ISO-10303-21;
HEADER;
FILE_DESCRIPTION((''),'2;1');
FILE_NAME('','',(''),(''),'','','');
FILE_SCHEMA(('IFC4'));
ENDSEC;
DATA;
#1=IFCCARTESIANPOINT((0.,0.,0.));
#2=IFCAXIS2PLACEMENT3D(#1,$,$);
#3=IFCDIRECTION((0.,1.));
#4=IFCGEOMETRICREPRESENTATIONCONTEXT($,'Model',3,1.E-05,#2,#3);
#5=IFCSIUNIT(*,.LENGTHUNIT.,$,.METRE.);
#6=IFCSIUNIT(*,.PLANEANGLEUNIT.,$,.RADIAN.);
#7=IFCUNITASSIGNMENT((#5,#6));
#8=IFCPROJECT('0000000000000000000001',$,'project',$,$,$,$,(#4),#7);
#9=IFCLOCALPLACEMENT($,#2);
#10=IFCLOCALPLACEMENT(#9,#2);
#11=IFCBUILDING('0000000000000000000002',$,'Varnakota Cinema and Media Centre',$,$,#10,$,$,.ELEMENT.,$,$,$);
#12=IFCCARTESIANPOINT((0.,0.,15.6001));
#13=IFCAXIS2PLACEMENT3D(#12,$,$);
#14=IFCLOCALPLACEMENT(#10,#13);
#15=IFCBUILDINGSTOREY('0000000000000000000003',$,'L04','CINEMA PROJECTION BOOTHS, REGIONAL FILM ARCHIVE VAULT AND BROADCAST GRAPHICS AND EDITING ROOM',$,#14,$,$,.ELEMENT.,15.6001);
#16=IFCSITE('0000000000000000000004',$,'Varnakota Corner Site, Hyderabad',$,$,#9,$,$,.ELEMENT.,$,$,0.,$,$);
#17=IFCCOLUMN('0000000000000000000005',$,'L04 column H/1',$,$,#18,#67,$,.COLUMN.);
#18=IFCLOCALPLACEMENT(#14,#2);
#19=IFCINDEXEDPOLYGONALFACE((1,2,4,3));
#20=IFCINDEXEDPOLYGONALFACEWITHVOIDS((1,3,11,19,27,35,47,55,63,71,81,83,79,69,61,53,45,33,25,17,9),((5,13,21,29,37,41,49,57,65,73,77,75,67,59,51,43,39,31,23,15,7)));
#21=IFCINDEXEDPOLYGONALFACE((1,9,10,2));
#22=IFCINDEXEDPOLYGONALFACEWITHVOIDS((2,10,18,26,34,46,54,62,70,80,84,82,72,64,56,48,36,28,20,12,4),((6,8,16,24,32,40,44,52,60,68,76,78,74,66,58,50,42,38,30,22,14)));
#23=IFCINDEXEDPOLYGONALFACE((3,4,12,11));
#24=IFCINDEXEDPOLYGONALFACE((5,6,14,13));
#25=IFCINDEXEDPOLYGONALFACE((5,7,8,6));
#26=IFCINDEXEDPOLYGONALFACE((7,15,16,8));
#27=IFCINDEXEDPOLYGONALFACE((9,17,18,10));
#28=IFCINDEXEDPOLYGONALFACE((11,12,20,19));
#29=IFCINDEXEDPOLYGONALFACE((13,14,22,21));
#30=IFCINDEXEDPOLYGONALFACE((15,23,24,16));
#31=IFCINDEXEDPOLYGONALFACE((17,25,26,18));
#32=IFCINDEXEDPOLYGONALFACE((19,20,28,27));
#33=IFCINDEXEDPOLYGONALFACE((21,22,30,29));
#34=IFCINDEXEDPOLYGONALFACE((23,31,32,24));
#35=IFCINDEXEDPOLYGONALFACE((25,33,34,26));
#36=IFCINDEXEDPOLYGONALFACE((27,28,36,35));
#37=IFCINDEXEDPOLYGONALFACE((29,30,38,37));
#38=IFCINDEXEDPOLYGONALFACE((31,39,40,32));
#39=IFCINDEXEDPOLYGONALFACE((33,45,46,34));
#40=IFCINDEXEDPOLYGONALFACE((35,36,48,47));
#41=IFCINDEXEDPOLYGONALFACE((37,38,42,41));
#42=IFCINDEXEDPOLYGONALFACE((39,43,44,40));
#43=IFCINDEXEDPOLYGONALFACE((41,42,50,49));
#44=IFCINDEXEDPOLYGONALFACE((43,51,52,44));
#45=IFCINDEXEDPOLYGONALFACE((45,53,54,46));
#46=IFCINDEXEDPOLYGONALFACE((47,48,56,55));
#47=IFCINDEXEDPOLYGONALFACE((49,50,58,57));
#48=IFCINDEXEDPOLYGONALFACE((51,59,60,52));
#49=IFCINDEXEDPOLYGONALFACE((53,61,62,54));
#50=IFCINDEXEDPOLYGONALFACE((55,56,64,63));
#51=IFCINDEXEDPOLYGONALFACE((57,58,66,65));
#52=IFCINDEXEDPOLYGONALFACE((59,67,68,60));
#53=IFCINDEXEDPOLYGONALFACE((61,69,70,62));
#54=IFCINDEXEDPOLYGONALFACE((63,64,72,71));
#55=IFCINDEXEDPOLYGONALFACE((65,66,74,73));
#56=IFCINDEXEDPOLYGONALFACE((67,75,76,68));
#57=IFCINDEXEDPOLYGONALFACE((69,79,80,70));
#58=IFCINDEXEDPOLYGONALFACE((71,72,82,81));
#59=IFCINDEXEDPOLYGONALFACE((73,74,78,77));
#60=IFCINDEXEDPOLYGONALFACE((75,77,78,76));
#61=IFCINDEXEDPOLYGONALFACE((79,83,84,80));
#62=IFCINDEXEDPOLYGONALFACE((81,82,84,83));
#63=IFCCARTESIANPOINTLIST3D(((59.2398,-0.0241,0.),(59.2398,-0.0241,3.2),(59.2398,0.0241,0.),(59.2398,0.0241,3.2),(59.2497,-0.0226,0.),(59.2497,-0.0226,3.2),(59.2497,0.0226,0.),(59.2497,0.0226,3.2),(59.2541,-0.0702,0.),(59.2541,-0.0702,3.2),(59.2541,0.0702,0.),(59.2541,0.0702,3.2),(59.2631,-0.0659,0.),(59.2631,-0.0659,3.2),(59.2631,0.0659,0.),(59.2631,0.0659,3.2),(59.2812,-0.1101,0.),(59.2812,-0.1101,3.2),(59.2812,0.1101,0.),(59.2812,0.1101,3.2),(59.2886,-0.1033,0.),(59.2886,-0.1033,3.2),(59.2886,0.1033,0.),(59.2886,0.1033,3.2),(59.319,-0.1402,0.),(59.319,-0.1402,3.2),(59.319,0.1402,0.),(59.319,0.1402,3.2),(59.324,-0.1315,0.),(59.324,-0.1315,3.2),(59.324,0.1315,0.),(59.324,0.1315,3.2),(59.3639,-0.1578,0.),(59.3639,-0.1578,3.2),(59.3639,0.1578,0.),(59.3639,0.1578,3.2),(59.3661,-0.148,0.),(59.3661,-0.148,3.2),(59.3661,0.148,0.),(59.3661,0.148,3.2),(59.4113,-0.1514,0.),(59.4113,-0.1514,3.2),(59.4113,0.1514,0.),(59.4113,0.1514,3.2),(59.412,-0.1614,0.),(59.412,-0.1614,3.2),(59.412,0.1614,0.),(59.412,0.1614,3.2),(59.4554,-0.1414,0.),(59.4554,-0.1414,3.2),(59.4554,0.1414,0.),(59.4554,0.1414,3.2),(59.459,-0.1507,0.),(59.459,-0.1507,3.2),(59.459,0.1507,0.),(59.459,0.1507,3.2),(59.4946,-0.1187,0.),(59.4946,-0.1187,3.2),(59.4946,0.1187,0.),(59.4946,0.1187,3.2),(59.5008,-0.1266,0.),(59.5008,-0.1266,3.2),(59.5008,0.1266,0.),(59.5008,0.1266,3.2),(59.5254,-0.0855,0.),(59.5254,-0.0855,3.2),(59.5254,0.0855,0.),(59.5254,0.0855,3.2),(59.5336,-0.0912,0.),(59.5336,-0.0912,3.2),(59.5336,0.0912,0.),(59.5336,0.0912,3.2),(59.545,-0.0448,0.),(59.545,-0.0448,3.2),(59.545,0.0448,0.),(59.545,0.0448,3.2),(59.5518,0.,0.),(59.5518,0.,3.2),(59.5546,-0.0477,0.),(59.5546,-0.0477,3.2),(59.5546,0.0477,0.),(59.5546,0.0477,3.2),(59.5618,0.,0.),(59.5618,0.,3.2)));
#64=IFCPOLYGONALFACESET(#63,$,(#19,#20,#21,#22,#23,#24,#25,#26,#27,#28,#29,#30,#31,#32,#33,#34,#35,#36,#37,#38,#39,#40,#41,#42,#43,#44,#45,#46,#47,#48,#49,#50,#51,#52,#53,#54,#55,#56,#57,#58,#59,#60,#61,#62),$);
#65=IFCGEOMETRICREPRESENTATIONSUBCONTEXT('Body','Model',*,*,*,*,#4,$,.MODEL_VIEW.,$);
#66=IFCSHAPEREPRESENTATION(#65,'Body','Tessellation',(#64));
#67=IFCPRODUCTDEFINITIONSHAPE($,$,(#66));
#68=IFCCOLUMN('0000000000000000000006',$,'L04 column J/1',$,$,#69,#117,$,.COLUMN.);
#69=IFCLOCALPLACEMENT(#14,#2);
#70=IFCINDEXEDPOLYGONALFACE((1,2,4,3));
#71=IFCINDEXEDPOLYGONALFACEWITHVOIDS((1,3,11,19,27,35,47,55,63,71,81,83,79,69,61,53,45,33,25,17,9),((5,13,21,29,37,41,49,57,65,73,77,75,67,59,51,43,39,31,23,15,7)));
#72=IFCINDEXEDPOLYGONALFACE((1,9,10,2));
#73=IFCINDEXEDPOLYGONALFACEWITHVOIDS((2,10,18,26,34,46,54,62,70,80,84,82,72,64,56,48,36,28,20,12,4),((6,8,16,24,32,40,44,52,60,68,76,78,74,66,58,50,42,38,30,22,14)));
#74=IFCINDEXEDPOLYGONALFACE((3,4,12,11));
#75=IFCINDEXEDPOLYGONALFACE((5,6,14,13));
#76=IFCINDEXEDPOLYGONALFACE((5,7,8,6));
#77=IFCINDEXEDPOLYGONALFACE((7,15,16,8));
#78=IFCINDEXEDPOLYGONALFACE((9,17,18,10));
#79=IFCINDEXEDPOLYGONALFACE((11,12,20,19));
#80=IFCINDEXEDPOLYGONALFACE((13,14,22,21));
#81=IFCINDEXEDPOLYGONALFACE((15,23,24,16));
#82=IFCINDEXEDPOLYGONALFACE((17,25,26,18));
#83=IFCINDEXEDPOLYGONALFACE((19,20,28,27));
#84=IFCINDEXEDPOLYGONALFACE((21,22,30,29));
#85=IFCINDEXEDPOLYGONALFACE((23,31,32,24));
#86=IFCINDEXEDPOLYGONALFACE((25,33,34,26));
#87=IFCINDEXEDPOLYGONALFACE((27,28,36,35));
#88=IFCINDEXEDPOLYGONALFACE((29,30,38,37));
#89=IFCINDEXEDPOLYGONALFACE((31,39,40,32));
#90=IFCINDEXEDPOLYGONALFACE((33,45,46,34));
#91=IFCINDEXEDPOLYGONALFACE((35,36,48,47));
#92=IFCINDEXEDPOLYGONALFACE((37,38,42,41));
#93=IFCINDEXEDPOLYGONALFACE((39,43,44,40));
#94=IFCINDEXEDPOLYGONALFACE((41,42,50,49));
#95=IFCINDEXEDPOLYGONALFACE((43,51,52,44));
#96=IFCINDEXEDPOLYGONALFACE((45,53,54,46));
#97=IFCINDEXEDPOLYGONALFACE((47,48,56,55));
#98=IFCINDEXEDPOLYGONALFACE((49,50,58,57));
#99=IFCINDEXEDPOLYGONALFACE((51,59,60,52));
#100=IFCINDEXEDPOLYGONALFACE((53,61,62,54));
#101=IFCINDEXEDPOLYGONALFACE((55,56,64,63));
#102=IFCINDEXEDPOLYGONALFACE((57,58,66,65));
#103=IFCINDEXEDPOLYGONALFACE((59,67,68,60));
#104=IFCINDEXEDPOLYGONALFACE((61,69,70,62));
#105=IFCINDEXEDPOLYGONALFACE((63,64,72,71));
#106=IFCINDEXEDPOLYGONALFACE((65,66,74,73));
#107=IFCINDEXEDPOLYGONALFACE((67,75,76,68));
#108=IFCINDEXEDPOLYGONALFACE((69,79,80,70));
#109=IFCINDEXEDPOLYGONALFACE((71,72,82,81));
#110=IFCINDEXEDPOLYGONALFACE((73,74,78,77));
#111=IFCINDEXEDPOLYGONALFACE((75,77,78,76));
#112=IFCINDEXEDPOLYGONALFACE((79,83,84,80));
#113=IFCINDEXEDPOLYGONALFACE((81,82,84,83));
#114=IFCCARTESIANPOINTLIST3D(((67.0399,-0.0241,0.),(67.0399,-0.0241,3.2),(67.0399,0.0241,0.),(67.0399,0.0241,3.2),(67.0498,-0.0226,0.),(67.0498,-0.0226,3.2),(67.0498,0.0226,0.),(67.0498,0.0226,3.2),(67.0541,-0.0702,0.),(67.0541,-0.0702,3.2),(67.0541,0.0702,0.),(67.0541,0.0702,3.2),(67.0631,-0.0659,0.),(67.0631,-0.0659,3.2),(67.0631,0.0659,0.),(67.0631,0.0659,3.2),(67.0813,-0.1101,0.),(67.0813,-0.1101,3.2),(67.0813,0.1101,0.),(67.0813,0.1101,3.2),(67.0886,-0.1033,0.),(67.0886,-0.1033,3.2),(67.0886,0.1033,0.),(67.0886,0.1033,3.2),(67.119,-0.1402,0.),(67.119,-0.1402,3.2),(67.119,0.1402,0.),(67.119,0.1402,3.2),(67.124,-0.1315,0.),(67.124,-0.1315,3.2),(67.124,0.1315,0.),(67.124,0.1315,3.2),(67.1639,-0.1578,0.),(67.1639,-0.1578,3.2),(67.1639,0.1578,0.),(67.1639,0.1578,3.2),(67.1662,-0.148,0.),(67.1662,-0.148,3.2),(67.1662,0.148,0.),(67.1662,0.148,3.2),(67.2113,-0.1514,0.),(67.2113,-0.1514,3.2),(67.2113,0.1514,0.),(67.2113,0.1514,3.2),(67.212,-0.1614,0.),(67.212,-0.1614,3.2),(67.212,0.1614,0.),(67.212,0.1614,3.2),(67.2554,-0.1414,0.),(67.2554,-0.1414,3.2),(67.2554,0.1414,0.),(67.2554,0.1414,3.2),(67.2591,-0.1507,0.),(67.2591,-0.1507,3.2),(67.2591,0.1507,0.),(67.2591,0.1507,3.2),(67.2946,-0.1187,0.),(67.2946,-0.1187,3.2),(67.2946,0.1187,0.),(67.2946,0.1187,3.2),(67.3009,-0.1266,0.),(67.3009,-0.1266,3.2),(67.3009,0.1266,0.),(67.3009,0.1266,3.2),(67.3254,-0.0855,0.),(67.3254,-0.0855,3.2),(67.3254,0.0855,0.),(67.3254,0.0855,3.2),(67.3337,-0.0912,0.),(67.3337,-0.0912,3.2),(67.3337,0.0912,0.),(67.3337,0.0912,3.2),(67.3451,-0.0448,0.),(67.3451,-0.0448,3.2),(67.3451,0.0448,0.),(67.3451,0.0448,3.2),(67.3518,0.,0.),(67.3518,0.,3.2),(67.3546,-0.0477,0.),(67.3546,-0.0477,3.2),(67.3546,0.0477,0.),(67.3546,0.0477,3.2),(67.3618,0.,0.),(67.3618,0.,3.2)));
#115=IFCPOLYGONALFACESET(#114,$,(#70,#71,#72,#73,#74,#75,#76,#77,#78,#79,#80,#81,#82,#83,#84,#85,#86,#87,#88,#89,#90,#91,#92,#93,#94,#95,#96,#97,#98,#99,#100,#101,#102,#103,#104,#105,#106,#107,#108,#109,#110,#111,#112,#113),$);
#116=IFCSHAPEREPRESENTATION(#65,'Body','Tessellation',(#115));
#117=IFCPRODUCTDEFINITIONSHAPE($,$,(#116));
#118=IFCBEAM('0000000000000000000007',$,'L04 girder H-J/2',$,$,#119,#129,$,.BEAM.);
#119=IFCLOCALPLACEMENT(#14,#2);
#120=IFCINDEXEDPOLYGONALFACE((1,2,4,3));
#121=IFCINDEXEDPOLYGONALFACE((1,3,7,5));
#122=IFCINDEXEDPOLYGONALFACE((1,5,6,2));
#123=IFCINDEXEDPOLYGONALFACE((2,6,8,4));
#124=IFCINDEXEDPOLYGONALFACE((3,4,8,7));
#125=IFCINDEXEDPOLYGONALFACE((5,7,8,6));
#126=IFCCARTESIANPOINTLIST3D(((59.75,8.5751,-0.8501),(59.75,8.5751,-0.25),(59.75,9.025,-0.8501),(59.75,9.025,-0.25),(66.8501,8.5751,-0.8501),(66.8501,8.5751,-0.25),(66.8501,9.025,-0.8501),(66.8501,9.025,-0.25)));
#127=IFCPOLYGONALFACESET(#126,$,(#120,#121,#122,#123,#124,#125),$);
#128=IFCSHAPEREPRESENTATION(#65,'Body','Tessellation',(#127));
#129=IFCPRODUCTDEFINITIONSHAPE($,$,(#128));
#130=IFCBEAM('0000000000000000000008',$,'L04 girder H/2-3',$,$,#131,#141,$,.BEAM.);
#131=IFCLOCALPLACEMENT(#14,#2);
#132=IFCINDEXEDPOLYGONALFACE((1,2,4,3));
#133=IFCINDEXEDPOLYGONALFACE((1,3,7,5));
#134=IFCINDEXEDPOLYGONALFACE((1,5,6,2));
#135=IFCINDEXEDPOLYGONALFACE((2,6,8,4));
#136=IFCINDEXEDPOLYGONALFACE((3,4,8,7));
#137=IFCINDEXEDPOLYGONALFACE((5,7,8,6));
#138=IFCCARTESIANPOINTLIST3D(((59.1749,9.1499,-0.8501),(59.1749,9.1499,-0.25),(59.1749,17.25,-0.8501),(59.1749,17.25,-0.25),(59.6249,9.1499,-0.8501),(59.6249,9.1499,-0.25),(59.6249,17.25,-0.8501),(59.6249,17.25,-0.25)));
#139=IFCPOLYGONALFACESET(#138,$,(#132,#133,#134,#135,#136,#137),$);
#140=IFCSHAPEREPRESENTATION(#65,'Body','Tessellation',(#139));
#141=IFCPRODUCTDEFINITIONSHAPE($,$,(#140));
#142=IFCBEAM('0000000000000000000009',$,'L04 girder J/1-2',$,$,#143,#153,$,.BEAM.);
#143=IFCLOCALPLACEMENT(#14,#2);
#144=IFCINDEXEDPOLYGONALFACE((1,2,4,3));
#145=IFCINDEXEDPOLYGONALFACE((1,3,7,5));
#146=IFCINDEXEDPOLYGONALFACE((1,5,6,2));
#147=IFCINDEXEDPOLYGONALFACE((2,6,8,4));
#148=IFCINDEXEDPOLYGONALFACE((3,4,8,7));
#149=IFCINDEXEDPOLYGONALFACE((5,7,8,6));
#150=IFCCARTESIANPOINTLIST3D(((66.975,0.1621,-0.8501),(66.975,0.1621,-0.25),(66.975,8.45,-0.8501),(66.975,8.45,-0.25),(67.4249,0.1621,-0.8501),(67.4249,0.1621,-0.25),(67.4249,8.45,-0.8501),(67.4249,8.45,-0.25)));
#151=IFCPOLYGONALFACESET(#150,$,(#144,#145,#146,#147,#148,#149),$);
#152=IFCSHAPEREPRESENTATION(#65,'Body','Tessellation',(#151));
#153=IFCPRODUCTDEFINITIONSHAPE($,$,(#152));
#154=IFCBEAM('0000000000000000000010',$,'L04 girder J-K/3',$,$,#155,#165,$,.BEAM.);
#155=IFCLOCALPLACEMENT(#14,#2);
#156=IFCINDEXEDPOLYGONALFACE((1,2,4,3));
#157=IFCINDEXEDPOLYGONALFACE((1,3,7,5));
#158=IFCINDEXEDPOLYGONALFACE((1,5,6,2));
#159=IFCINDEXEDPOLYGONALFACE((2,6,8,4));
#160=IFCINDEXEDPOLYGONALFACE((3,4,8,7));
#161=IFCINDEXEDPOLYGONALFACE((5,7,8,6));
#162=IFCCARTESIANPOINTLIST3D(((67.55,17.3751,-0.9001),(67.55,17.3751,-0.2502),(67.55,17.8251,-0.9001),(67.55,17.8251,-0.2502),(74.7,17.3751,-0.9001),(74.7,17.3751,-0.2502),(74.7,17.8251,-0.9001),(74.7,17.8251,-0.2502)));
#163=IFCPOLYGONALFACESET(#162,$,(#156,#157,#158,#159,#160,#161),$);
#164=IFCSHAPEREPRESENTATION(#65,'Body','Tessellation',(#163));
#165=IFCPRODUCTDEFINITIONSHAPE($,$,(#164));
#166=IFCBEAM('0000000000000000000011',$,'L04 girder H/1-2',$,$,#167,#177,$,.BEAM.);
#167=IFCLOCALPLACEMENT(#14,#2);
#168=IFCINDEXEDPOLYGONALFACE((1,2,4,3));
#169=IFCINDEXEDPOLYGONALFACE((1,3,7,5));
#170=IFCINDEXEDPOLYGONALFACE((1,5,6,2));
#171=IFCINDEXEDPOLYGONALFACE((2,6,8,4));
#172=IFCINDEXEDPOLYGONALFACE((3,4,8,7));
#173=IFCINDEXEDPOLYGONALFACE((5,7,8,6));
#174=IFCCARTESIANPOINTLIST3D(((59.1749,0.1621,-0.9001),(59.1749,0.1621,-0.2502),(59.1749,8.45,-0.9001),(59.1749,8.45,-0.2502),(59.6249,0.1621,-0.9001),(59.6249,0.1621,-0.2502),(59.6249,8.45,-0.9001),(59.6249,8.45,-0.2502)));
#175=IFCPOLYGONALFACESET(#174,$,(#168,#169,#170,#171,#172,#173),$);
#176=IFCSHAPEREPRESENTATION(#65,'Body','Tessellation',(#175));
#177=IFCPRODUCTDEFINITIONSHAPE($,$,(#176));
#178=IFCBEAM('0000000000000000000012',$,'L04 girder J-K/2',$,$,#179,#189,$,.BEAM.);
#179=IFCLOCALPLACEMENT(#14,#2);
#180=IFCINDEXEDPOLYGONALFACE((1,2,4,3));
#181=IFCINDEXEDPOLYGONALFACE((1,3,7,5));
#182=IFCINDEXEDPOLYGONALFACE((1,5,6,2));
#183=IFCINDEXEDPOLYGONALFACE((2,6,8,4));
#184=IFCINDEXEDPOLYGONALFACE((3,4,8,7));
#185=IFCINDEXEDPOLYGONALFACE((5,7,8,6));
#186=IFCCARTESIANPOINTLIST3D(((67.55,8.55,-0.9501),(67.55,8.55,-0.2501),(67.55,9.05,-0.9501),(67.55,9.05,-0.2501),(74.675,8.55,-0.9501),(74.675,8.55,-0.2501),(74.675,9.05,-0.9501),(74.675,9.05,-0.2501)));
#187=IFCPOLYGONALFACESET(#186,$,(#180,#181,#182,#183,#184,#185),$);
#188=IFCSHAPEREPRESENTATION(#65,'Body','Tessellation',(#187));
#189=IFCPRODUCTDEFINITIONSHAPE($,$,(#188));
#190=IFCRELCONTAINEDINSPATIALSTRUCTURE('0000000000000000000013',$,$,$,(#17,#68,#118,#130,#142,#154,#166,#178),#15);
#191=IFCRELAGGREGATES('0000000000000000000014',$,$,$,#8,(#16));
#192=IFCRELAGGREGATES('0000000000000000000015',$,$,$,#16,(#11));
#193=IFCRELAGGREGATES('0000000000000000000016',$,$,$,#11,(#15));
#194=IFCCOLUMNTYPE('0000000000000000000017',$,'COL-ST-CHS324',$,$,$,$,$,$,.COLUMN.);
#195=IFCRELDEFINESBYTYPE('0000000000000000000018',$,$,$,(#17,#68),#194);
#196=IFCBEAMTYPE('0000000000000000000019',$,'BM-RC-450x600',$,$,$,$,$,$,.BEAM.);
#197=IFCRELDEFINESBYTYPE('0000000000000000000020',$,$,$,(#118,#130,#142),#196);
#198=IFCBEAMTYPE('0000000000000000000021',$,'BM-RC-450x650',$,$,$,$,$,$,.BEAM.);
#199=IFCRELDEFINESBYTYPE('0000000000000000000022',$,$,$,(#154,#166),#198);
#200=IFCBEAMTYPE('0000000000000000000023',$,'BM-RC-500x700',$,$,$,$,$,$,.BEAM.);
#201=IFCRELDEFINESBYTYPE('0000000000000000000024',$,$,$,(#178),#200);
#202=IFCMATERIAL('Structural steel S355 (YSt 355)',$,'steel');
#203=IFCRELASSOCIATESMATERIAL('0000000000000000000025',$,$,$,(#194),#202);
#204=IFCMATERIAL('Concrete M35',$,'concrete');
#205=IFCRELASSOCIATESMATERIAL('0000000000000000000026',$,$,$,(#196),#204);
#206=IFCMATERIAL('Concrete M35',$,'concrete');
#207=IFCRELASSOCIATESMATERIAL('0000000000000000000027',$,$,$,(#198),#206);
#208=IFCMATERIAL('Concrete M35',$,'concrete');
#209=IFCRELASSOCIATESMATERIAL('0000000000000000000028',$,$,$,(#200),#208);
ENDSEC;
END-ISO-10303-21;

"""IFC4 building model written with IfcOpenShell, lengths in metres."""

from ifc_helpers import new_model, si_unit, direction, frame, origin, origin_2d, place, context, subcontext, project, spatial, rectangle, hollow_circle, extrude, material, material_profile, profile_set, type_object, element, save


model = new_model("IFC4")

# Units and contexts
model_context = context("Model", 3, precision=1e-05, world=origin(), true_north=direction((0.0, 1.0)))
body_context = subcontext(model_context, "Body", "Model", "MODEL_VIEW")
ifc_project = project(units=[si_unit("LENGTHUNIT", "METRE"), si_unit("PLANEANGLEUNIT", "RADIAN")], contexts=[model_context])

# Site, building, storey
site_placement = place(None, origin())
site = spatial("IfcSite", under=ifc_project, at=site_placement, Name="Varnakota Corner Site, Hyderabad", CompositionType="ELEMENT", RefElevation=0.0)
building_placement = place(site_placement, origin())
building = spatial("IfcBuilding", under=site, at=building_placement, Name="Varnakota Cinema and Media Centre", CompositionType="ELEMENT")
storey_placement = place(building_placement, frame((0.0, 0.0, 15.6001)))
storey = spatial("IfcBuildingStorey", under=building, at=storey_placement, Name="L04", Description="CINEMA PROJECTION BOOTHS, REGIONAL FILM ARCHIVE VAULT AND BROADCAST GRAPHICS AND EDITING ROOM", CompositionType="ELEMENT", Elevation=15.6001)

# Columns
ifc_material_1 = material(Name="Structural steel S355 (YSt 355)", Category="steel")
ifc_material_profile_1 = material_profile(ifc_material_1, hollow_circle(Radius=0.1619, WallThickness=0.01, at=origin_2d()), Name="CHS 323.9x10.0")
ifc_profile_set_1 = profile_set([ifc_material_profile_1], Name="Structural steel S355 (YSt 355)")
column_type_1 = type_object("IfcColumnType", Name="COL-ST-CHS324", PredefinedType="COLUMN", material=ifc_profile_set_1)
for number, where, z_axis, x_axis, name in (
    (1, (59.3999, 0.0, 0.0), (0.0, 0.0, 1.0), (1.0, 0.0, 0.0), "L04 column H/1"),
    (2, (67.2, 0.0, 0.0), (0.0, 0.0, 1.0), (1.0, 0.0, 0.0), "L04 column J/1"),
):
    element("IfcColumn", number, at=place(storey_placement, frame(where, z_axis=z_axis, x_axis=x_axis)), inside=storey, type_object=column_type_1, Name=name, PredefinedType="COLUMN", context=body_context, shape_type="SweptSolid", body=[
        extrude(hollow_circle(Radius=0.1619, WallThickness=0.01, at=origin_2d()), origin(), (0.0, 0.0, 1.0), 3.2),
    ])

# Beams
ifc_material_2 = material(Name="Concrete M35", Category="concrete")
ifc_material_profile_2 = material_profile(ifc_material_2, rectangle(XDim=0.45, YDim=0.6001, at=origin_2d()), Name="RCB 450x600")
ifc_profile_set_2 = profile_set([ifc_material_profile_2], Name="Concrete M35")
beam_type_1 = type_object("IfcBeamType", Name="BM-RC-450x600", PredefinedType="BEAM", material=ifc_profile_set_2)
beam_1_placement = place(storey_placement, frame((59.75, 8.8, -0.55), z_axis=(1.0, 0.0, 0.0), x_axis=(0.0, 1.0, 0.0)))
element("IfcBeam", 3, at=beam_1_placement, inside=storey, type_object=beam_type_1, Name="L04 girder H-J/2", PredefinedType="BEAM", context=body_context, shape_type="SweptSolid", body=[
    extrude(rectangle(XDim=0.45, YDim=0.6001, at=origin_2d()), origin(), (0.0, 0.0, 1.0), 7.1001),
])
beam_2_placement = place(storey_placement, frame((59.3999, 9.1499, -0.55), z_axis=(0.0, 1.0, 0.0), x_axis=(-1.0, 0.0, 0.0)))
element("IfcBeam", 4, at=beam_2_placement, inside=storey, type_object=beam_type_1, Name="L04 girder H/2-3", PredefinedType="BEAM", context=body_context, shape_type="SweptSolid", body=[
    extrude(rectangle(XDim=0.45, YDim=0.6001, at=origin_2d()), origin(), (0.0, 0.0, 1.0), 8.1001),
])
beam_3_placement = place(storey_placement, frame((67.2, 0.1621, -0.55), z_axis=(0.0, 1.0, 0.0), x_axis=(-1.0, 0.0, 0.0)))
element("IfcBeam", 5, at=beam_3_placement, inside=storey, type_object=beam_type_1, Name="L04 girder J/1-2", PredefinedType="BEAM", context=body_context, shape_type="SweptSolid", body=[
    extrude(rectangle(XDim=0.45, YDim=0.6001, at=origin_2d()), origin(), (0.0, 0.0, 1.0), 8.2878),
])
ifc_material_3 = material(Name="Concrete M35", Category="concrete")
ifc_material_profile_3 = material_profile(ifc_material_3, rectangle(XDim=0.45, YDim=0.6499, at=origin_2d()), Name="RCB 450x650")
ifc_profile_set_3 = profile_set([ifc_material_profile_3], Name="Concrete M35")
beam_type_2 = type_object("IfcBeamType", Name="BM-RC-450x650", PredefinedType="BEAM", material=ifc_profile_set_3)
beam_4_placement = place(storey_placement, frame((67.55, 17.6001, -0.5752), z_axis=(1.0, 0.0, 0.0), x_axis=(0.0, 1.0, 0.0)))
element("IfcBeam", 6, at=beam_4_placement, inside=storey, type_object=beam_type_2, Name="L04 girder J-K/3", PredefinedType="BEAM", context=body_context, shape_type="SweptSolid", body=[
    extrude(rectangle(XDim=0.45, YDim=0.6499, at=origin_2d()), origin(), (0.0, 0.0, 1.0), 7.1499),
])
beam_5_placement = place(storey_placement, frame((59.3999, 0.1621, -0.5752), z_axis=(0.0, 1.0, 0.0), x_axis=(-1.0, 0.0, 0.0)))
element("IfcBeam", 7, at=beam_5_placement, inside=storey, type_object=beam_type_2, Name="L04 girder H/1-2", PredefinedType="BEAM", context=body_context, shape_type="SweptSolid", body=[
    extrude(rectangle(XDim=0.45, YDim=0.6499, at=origin_2d()), origin(), (0.0, 0.0, 1.0), 8.2878),
])
ifc_material_4 = material(Name="Concrete M35", Category="concrete")
ifc_material_profile_4 = material_profile(ifc_material_4, rectangle(XDim=0.5, YDim=0.7, at=origin_2d()), Name="RCB 500x700")
ifc_profile_set_4 = profile_set([ifc_material_profile_4], Name="Concrete M35")
beam_type_3 = type_object("IfcBeamType", Name="BM-RC-500x700", PredefinedType="BEAM", material=ifc_profile_set_4)
beam_6_placement = place(storey_placement, frame((67.55, 8.8, -0.6001), z_axis=(1.0, 0.0, 0.0), x_axis=(0.0, 1.0, 0.0)))
element("IfcBeam", 8, at=beam_6_placement, inside=storey, type_object=beam_type_3, Name="L04 girder J-K/2", PredefinedType="BEAM", context=body_context, shape_type="SweptSolid", body=[
    extrude(rectangle(XDim=0.5, YDim=0.7, at=origin_2d()), origin(), (0.0, 0.0, 1.0), 7.125),
])

save(model, "model.ifc")
